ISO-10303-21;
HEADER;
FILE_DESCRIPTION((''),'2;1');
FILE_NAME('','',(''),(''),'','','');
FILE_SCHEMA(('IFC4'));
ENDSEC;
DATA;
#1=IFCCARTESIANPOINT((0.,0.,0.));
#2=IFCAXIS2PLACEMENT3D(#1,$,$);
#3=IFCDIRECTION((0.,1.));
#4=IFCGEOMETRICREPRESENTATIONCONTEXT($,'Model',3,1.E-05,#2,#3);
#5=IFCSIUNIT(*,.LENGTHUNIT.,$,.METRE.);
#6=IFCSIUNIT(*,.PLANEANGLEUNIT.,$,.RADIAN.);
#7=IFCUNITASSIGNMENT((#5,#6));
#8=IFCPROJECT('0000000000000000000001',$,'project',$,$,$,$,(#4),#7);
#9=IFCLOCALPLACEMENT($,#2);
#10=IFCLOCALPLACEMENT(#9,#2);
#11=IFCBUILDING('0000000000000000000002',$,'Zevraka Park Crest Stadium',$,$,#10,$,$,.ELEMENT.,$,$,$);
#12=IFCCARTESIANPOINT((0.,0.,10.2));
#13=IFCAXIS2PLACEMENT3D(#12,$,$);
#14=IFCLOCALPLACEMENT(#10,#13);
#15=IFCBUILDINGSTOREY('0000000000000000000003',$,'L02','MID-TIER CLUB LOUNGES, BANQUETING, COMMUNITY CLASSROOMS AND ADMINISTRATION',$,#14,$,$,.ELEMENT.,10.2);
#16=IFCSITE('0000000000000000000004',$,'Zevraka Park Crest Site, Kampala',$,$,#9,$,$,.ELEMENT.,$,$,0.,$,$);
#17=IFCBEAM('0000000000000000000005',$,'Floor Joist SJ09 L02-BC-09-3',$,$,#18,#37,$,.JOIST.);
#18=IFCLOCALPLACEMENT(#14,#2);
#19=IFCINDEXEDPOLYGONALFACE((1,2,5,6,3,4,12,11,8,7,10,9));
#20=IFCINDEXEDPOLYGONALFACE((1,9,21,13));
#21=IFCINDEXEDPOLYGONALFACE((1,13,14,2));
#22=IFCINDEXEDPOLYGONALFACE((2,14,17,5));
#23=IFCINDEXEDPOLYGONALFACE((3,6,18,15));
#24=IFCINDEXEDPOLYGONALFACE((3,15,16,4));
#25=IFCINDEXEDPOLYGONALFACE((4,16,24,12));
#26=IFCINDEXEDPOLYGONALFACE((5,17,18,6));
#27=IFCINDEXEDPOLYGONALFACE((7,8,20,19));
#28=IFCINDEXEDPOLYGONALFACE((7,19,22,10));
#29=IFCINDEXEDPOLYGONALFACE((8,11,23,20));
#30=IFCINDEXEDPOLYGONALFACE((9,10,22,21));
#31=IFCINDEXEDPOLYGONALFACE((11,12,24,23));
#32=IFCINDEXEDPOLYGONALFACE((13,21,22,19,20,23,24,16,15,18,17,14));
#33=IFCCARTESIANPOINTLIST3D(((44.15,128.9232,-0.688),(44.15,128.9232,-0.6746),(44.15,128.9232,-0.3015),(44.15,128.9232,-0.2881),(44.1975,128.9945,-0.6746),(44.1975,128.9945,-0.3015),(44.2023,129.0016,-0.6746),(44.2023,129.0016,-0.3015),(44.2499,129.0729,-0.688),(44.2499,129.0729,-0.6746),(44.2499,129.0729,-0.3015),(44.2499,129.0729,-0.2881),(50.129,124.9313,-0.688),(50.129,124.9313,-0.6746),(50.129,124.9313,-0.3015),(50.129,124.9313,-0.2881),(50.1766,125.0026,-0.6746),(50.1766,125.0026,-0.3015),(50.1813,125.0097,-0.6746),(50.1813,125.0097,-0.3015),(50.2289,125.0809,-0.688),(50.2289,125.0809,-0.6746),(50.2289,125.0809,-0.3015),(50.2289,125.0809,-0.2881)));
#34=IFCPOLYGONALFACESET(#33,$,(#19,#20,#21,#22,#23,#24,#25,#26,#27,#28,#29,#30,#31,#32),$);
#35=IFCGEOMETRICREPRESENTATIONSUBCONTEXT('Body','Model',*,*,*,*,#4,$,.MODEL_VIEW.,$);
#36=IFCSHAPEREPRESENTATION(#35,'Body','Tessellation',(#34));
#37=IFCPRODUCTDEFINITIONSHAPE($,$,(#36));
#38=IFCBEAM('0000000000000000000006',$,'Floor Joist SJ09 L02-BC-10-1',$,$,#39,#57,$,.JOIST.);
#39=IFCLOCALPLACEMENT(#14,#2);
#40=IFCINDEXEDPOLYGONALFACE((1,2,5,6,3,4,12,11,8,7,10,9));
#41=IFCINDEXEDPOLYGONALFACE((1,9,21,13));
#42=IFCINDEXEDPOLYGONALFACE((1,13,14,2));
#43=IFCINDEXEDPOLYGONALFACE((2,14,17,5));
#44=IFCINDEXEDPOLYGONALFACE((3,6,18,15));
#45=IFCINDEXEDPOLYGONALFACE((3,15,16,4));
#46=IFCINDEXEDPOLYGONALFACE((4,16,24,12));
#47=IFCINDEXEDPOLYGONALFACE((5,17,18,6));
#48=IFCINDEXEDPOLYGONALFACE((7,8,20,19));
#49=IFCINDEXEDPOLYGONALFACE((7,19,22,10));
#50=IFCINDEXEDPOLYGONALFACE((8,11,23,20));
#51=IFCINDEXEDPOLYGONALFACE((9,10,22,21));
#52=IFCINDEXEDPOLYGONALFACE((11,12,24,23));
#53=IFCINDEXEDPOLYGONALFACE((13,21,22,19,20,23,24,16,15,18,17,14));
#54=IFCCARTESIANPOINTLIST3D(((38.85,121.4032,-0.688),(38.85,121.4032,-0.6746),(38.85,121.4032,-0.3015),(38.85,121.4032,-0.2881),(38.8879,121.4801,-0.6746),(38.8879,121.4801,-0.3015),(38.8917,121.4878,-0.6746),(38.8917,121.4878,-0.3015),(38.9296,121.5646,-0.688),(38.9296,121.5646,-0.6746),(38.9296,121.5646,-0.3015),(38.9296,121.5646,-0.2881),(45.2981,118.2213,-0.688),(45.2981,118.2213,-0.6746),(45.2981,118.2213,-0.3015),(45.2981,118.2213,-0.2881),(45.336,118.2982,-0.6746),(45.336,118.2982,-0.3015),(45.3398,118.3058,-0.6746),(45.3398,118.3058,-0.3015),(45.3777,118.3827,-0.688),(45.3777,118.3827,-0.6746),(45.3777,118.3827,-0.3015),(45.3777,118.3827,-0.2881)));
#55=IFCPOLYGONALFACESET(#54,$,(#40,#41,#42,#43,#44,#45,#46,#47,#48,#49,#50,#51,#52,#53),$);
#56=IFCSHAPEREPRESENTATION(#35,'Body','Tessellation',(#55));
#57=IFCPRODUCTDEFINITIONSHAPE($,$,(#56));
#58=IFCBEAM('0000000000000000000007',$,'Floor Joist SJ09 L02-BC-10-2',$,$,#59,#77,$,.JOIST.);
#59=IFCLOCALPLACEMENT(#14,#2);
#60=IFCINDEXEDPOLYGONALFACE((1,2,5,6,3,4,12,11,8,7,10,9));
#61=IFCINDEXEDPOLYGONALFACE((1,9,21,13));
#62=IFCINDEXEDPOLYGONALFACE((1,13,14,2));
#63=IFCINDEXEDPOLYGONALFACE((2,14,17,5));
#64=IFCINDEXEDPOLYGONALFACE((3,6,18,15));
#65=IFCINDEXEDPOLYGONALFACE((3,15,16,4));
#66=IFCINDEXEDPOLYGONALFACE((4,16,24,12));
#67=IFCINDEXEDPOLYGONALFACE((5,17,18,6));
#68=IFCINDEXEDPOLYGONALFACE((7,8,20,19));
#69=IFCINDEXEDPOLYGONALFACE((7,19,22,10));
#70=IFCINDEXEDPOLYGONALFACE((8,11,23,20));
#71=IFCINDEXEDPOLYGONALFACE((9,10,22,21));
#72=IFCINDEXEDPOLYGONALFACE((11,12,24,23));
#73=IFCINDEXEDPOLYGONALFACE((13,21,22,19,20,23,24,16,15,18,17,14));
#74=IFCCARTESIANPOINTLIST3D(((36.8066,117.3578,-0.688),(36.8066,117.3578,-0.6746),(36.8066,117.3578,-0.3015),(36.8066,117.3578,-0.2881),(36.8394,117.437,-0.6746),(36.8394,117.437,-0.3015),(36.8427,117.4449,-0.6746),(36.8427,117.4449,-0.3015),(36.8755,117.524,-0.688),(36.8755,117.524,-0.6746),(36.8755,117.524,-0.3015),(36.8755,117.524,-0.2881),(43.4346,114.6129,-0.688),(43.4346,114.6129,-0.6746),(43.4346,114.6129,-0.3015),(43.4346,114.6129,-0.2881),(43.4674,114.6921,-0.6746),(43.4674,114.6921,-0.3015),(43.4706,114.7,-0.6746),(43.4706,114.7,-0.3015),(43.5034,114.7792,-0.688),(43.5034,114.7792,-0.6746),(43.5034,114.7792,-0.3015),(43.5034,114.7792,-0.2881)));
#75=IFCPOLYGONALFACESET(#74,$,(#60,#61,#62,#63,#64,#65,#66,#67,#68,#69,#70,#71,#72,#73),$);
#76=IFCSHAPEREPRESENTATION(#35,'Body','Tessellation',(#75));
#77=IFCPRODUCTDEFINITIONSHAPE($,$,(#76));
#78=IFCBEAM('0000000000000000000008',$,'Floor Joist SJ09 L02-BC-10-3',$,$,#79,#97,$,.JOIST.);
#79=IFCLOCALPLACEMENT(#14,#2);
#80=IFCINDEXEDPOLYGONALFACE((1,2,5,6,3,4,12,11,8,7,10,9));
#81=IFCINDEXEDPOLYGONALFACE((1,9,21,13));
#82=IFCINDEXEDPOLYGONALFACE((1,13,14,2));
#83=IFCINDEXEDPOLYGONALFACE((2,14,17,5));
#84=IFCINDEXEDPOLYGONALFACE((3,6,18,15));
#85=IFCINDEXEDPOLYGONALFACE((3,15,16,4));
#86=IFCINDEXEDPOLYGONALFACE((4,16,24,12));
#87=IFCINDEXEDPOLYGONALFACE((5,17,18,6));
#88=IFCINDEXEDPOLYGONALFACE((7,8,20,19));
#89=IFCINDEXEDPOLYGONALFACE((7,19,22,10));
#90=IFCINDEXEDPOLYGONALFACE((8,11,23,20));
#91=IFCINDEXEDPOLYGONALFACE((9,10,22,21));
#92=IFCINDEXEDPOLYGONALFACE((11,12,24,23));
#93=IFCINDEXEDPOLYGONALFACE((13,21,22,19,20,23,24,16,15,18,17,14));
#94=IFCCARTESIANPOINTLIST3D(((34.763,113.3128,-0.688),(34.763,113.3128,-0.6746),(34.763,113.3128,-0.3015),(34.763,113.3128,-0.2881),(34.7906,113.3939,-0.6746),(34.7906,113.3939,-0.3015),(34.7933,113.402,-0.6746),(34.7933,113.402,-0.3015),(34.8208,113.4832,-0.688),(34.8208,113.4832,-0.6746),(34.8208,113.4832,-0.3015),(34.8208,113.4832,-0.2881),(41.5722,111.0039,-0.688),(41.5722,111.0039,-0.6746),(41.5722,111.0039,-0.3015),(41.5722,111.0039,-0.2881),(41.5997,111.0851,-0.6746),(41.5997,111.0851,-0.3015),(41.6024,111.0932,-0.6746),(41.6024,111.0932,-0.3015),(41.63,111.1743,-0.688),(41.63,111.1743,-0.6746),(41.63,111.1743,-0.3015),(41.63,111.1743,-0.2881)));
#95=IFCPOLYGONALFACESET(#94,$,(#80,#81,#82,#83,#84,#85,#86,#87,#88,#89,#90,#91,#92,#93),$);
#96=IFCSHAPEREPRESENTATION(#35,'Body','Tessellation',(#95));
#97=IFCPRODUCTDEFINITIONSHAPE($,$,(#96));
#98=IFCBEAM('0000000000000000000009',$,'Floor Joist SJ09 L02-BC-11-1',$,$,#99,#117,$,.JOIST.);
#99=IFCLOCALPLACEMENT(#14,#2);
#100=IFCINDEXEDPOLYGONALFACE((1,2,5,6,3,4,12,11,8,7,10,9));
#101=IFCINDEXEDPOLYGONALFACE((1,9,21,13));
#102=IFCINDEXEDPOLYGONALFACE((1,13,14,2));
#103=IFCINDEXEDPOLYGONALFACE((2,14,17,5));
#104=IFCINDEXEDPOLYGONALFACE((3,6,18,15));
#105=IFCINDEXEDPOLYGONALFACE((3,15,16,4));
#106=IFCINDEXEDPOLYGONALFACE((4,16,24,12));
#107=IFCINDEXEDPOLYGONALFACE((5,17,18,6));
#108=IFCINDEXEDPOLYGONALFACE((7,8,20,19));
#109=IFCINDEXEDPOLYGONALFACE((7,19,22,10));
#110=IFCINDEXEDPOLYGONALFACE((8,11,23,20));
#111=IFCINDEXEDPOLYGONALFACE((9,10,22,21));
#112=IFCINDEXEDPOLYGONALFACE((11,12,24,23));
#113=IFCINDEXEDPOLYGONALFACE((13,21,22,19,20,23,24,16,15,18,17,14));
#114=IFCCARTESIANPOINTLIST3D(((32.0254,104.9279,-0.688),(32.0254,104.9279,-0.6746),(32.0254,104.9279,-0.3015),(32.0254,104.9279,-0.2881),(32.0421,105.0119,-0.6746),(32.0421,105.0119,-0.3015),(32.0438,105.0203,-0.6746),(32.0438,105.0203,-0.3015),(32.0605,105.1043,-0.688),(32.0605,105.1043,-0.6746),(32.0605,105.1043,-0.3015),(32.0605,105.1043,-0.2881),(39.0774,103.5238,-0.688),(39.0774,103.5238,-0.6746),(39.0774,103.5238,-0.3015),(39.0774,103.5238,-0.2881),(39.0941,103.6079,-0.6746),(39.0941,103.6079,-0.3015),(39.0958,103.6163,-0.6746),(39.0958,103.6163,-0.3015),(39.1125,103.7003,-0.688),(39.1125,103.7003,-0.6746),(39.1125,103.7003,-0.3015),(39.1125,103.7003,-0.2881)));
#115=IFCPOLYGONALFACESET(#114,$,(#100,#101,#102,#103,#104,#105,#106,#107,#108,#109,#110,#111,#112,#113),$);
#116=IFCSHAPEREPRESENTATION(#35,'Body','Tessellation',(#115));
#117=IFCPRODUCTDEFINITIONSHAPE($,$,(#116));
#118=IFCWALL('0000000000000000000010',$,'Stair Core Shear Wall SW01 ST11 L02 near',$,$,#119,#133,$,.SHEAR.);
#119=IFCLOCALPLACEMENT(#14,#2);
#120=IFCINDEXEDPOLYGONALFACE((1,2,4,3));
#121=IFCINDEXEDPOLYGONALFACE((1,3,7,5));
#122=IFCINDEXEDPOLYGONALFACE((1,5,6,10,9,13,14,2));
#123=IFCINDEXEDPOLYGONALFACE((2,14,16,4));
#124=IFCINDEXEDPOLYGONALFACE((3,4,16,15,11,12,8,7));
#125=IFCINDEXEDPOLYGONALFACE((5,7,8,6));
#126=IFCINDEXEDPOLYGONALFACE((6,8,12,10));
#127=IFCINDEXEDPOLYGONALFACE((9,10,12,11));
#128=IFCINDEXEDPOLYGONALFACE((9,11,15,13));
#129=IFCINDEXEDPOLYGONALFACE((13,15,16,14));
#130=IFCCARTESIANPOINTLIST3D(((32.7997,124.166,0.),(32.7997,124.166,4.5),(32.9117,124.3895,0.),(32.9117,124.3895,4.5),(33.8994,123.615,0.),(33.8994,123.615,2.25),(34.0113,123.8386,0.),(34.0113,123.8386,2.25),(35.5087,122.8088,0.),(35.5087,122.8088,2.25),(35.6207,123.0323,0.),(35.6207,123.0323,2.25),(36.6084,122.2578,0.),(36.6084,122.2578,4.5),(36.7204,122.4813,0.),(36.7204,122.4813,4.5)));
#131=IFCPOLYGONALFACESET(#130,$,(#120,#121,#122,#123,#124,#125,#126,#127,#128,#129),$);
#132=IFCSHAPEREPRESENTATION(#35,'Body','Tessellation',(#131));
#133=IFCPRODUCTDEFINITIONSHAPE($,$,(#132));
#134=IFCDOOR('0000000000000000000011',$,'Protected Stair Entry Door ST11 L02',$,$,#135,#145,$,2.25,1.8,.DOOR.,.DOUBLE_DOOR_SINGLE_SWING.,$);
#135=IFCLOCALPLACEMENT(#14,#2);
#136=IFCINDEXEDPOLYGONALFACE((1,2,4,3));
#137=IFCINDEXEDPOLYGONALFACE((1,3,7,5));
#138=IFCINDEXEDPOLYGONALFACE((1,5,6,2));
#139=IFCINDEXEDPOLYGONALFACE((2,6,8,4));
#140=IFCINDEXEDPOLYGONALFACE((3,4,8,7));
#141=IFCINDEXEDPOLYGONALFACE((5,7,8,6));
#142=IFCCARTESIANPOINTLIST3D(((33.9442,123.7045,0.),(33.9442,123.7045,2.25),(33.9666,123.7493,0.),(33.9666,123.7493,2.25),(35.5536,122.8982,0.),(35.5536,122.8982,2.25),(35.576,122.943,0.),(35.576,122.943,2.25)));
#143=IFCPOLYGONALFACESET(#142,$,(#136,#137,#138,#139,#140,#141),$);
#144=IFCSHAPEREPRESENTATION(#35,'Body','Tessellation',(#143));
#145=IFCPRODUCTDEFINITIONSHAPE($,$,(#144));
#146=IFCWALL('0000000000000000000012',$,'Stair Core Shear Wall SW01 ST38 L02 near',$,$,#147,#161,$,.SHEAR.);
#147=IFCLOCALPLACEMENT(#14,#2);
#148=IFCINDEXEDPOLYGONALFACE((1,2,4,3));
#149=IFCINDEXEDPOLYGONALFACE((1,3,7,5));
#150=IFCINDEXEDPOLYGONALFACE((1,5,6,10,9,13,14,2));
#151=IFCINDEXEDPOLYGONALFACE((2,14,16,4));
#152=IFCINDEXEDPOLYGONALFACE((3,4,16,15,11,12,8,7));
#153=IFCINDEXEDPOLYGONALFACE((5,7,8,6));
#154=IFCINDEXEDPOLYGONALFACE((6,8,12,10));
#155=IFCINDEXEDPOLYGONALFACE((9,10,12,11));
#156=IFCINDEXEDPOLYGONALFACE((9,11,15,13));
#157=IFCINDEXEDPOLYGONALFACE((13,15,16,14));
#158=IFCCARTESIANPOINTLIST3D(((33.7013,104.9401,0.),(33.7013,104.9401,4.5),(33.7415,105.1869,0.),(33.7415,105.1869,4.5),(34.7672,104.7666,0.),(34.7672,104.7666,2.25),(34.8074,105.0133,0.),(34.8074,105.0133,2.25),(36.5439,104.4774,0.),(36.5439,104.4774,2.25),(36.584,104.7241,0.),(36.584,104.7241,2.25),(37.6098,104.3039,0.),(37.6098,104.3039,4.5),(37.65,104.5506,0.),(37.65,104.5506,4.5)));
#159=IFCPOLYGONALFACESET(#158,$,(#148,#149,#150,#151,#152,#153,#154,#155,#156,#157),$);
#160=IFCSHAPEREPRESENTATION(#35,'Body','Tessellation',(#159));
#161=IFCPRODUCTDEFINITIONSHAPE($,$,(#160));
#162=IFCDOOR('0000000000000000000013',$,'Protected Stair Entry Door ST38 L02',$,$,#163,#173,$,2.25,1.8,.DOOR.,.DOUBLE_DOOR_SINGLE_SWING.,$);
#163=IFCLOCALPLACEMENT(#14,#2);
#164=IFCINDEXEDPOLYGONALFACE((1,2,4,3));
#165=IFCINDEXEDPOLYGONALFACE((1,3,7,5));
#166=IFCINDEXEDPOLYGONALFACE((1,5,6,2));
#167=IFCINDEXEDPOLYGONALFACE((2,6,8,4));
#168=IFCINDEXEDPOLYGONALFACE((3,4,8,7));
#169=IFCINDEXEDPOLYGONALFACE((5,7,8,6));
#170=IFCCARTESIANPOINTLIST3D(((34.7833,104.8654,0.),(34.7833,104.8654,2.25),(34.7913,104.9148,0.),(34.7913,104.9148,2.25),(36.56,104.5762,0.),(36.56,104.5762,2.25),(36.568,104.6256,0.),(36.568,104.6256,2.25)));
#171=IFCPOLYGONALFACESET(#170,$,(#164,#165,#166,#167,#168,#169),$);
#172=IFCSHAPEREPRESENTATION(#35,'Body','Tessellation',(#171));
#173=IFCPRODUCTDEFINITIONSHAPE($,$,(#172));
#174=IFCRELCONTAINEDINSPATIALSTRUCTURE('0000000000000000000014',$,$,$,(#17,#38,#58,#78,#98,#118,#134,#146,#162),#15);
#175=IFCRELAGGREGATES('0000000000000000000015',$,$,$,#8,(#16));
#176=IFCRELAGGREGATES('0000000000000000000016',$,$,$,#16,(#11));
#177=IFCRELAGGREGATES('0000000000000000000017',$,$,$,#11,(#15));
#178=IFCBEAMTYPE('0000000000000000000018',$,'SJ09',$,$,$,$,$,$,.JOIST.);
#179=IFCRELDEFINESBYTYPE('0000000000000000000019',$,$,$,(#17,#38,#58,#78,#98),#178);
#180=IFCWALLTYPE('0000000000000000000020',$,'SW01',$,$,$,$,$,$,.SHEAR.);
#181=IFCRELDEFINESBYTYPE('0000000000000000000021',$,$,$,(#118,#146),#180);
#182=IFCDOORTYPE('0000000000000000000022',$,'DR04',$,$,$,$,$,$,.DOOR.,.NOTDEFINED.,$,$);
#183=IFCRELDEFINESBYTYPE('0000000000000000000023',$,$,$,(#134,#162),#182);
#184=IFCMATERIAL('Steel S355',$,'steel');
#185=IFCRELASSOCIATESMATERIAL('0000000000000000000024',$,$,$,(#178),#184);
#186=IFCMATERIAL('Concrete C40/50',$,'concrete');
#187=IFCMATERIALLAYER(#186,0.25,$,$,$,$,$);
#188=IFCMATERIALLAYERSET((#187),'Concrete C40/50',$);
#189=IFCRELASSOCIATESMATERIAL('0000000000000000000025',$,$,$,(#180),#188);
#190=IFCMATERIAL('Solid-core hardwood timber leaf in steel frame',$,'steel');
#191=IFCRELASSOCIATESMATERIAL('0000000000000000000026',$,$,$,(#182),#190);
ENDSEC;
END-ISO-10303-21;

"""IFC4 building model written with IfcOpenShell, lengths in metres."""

from ifc_helpers import new_model, si_unit, direction, frame, frame_2d, origin, origin_2d, place, context, subcontext, project, spatial, rectangle, i_section, extrude, material, layer, layer_set, material_profile, profile_set, type_object, element, fill, save


model = new_model("IFC4")

# Units and contexts
model_context = context("Model", 3, precision=1e-05, world=origin(), true_north=direction((0.0, 1.0)))
body_context = subcontext(model_context, "Body", "Model", "MODEL_VIEW")
ifc_project = project(units=[si_unit("LENGTHUNIT", "METRE"), si_unit("PLANEANGLEUNIT", "RADIAN")], contexts=[model_context])

# Site, building, storey
site_placement = place(None, origin())
site = spatial("IfcSite", under=ifc_project, at=site_placement, Name="Zevraka Park Crest Site, Kampala", CompositionType="ELEMENT", RefElevation=0.0)
building_placement = place(site_placement, origin())
building = spatial("IfcBuilding", under=site, at=building_placement, Name="Zevraka Park Crest Stadium", CompositionType="ELEMENT")
storey_placement = place(building_placement, frame((0.0, 0.0, 10.2)))
storey = spatial("IfcBuildingStorey", under=building, at=storey_placement, Name="L02", Description="MID-TIER CLUB LOUNGES, BANQUETING, COMMUNITY CLASSROOMS AND ADMINISTRATION", CompositionType="ELEMENT", Elevation=10.2)

# Beams
ifc_material_1 = material(Name="Steel S355", Category="steel")
ifc_material_profile_1 = material_profile(ifc_material_1, i_section(OverallWidth=0.1799, OverallDepth=0.3999, WebThickness=0.0085, FlangeThickness=0.0134, at=origin_2d()), Name="IPE 400")
ifc_profile_set_1 = profile_set([ifc_material_profile_1], Name="Steel S355")
beam_type_1 = type_object("IfcBeamType", Name="SJ09", PredefinedType="JOIST", material=ifc_profile_set_1)
beam_1_placement = place(storey_placement, frame((50.179, 125.0061, -0.488), z_axis=(-0.831669, 0.555272, 0.0), x_axis=(-0.555272, -0.831669, 0.0)))
element("IfcBeam", 1, at=beam_1_placement, inside=storey, type_object=beam_type_1, Name="Floor Joist SJ09 L02-BC-09-3", PredefinedType="JOIST", context=body_context, shape_type="SweptSolid", body=[
    extrude(i_section(OverallWidth=0.1799, OverallDepth=0.3999, WebThickness=0.0085, FlangeThickness=0.0134, at=origin_2d()), origin(), (0.0, 0.0, 1.0), 7.1892),
])
beam_2_placement = place(storey_placement, frame((45.3379, 118.302, -0.488), z_axis=(-0.896758, 0.442522, 0.0), x_axis=(-0.442522, -0.896758, 0.0)))
element("IfcBeam", 2, at=beam_2_placement, inside=storey, type_object=beam_type_1, Name="Floor Joist SJ09 L02-BC-10-1", PredefinedType="JOIST", context=body_context, shape_type="SweptSolid", body=[
    extrude(i_section(OverallWidth=0.1799, OverallDepth=0.3999, WebThickness=0.0085, FlangeThickness=0.0134, at=origin_2d()), origin(), (0.0, 0.0, 1.0), 7.1904),
])
beam_3_placement = place(storey_placement, frame((43.469, 114.696, -0.488), z_axis=(-0.923904, 0.382623, 0.0), x_axis=(-0.382623, -0.923904, 0.0)))
element("IfcBeam", 3, at=beam_3_placement, inside=storey, type_object=beam_type_1, Name="Floor Joist SJ09 L02-BC-10-2", PredefinedType="JOIST", context=body_context, shape_type="SweptSolid", body=[
    extrude(i_section(OverallWidth=0.1799, OverallDepth=0.3999, WebThickness=0.0085, FlangeThickness=0.0134, at=origin_2d()), origin(), (0.0, 0.0, 1.0), 7.1738),
])
beam_4_placement = place(storey_placement, frame((41.6011, 111.0891, -0.488), z_axis=(-0.947037, 0.321123, 0.0), x_axis=(-0.321123, -0.947037, 0.0)))
element("IfcBeam", 4, at=beam_4_placement, inside=storey, type_object=beam_type_1, Name="Floor Joist SJ09 L02-BC-10-3", PredefinedType="JOIST", context=body_context, shape_type="SweptSolid", body=[
    extrude(i_section(OverallWidth=0.1799, OverallDepth=0.3999, WebThickness=0.0085, FlangeThickness=0.0134, at=origin_2d()), origin(), (0.0, 0.0, 1.0), 7.1899),
])
beam_5_placement = place(storey_placement, frame((39.095, 103.6121, -0.488), z_axis=(-0.98075, 0.195267, 0.0), x_axis=(-0.195267, -0.98075, 0.0)))
element("IfcBeam", 5, at=beam_5_placement, inside=storey, type_object=beam_type_1, Name="Floor Joist SJ09 L02-BC-11-1", PredefinedType="JOIST", context=body_context, shape_type="SweptSolid", body=[
    extrude(i_section(OverallWidth=0.1799, OverallDepth=0.3999, WebThickness=0.0085, FlangeThickness=0.0134, at=origin_2d()), origin(), (0.0, 0.0, 1.0), 7.1904),
])

# Walls, openings, doors
ifc_material_2 = material(Name="Concrete C40/50", Category="concrete")
ifc_layer = layer(ifc_material_2, 0.25)
ifc_layer_set = layer_set([ifc_layer], Name="Concrete C40/50")
wall_type = type_object("IfcWallType", Name="SW01", PredefinedType="SHEAR", material=ifc_layer_set)
wall_1_placement = place(storey_placement, frame((36.6643, 122.3696, 0.0), z_axis=(0.0, 0.0, 1.0), x_axis=(-0.894072, 0.447924, 0.0)))
wall_1 = element("IfcWall", 6, at=wall_1_placement, inside=storey, type_object=wall_type, Name="Stair Core Shear Wall SW01 ST11 L02 near", PredefinedType="SHEAR", context=body_context, shape_type="SweptSolid", body=[
    extrude(rectangle(XDim=4.26, YDim=0.25, at=frame_2d((2.1299, 0.0))), origin(), (0.0, 0.0, 1.0), 4.5),
])
opening_1_placement = place(wall_1_placement, frame((1.23, 0.0, 0.0)))
opening_1 = element("IfcOpeningElement", 7, at=opening_1_placement, cuts=wall_1, PredefinedType="OPENING", context=body_context, shape_type="SweptSolid", body=[
    extrude(rectangle(XDim=1.8, YDim=2.25, at=frame_2d((0.8999, 1.125))), frame((0.0, 0.135, 0.0), z_axis=(0.0, -1.0, 0.0), x_axis=(1.0, 0.0, 0.0)), (0.0, 0.0, 1.0), 0.27),
])
ifc_material_3 = material(Name="Solid-core hardwood timber leaf in steel frame", Category="steel")
door_type = type_object("IfcDoorType", Name="DR04", OperationType="NOTDEFINED", PredefinedType="DOOR", material=ifc_material_3)
door_1_placement = place(opening_1_placement, origin())
door_1 = element("IfcDoor", 8, at=door_1_placement, inside=storey, type_object=door_type, Name="Protected Stair Entry Door ST11 L02", OperationType="DOUBLE_DOOR_SINGLE_SWING", OverallHeight=2.25, OverallWidth=1.8, PredefinedType="DOOR", context=body_context, shape_type="SweptSolid", body=[
    extrude(rectangle(XDim=1.8, YDim=2.25, at=frame_2d((0.8999, 1.125))), frame((0.0, 0.0249, 0.0), z_axis=(0.0, -1.0, 0.0), x_axis=(1.0, 0.0, 0.0)), (0.0, 0.0, 1.0), 0.05),
])
fill(opening_1, door_1)
wall_2_placement = place(storey_placement, frame((37.6299, 104.4272, 0.0), z_axis=(0.0, 0.0, 1.0), x_axis=(-0.987008, 0.160669, 0.0)))
wall_2 = element("IfcWall", 9, at=wall_2_placement, inside=storey, type_object=wall_type, Name="Stair Core Shear Wall SW01 ST38 L02 near", PredefinedType="SHEAR", context=body_context, shape_type="SweptSolid", body=[
    extrude(rectangle(XDim=3.96, YDim=0.25, at=frame_2d((1.98, 0.0))), origin(), (0.0, 0.0, 1.0), 4.5),
])
opening_2_placement = place(wall_2_placement, frame((1.0801, 0.0, 0.0)))
opening_2 = element("IfcOpeningElement", 10, at=opening_2_placement, cuts=wall_2, PredefinedType="OPENING", context=body_context, shape_type="SweptSolid", body=[
    extrude(rectangle(XDim=1.8, YDim=2.25, at=frame_2d((0.8999, 1.125))), frame((0.0, 0.135, 0.0), z_axis=(0.0, -1.0, 0.0), x_axis=(1.0, 0.0, 0.0)), (0.0, 0.0, 1.0), 0.27),
])
door_2_placement = place(opening_2_placement, origin())
door_2 = element("IfcDoor", 11, at=door_2_placement, inside=storey, type_object=door_type, Name="Protected Stair Entry Door ST38 L02", OperationType="DOUBLE_DOOR_SINGLE_SWING", OverallHeight=2.25, OverallWidth=1.8, PredefinedType="DOOR", context=body_context, shape_type="SweptSolid", body=[
    extrude(rectangle(XDim=1.8, YDim=2.25, at=frame_2d((0.8999, 1.125))), frame((0.0, 0.0249, 0.0), z_axis=(0.0, -1.0, 0.0), x_axis=(1.0, 0.0, 0.0)), (0.0, 0.0, 1.0), 0.05),
])
fill(opening_2, door_2)

save(model, "model.ifc")
